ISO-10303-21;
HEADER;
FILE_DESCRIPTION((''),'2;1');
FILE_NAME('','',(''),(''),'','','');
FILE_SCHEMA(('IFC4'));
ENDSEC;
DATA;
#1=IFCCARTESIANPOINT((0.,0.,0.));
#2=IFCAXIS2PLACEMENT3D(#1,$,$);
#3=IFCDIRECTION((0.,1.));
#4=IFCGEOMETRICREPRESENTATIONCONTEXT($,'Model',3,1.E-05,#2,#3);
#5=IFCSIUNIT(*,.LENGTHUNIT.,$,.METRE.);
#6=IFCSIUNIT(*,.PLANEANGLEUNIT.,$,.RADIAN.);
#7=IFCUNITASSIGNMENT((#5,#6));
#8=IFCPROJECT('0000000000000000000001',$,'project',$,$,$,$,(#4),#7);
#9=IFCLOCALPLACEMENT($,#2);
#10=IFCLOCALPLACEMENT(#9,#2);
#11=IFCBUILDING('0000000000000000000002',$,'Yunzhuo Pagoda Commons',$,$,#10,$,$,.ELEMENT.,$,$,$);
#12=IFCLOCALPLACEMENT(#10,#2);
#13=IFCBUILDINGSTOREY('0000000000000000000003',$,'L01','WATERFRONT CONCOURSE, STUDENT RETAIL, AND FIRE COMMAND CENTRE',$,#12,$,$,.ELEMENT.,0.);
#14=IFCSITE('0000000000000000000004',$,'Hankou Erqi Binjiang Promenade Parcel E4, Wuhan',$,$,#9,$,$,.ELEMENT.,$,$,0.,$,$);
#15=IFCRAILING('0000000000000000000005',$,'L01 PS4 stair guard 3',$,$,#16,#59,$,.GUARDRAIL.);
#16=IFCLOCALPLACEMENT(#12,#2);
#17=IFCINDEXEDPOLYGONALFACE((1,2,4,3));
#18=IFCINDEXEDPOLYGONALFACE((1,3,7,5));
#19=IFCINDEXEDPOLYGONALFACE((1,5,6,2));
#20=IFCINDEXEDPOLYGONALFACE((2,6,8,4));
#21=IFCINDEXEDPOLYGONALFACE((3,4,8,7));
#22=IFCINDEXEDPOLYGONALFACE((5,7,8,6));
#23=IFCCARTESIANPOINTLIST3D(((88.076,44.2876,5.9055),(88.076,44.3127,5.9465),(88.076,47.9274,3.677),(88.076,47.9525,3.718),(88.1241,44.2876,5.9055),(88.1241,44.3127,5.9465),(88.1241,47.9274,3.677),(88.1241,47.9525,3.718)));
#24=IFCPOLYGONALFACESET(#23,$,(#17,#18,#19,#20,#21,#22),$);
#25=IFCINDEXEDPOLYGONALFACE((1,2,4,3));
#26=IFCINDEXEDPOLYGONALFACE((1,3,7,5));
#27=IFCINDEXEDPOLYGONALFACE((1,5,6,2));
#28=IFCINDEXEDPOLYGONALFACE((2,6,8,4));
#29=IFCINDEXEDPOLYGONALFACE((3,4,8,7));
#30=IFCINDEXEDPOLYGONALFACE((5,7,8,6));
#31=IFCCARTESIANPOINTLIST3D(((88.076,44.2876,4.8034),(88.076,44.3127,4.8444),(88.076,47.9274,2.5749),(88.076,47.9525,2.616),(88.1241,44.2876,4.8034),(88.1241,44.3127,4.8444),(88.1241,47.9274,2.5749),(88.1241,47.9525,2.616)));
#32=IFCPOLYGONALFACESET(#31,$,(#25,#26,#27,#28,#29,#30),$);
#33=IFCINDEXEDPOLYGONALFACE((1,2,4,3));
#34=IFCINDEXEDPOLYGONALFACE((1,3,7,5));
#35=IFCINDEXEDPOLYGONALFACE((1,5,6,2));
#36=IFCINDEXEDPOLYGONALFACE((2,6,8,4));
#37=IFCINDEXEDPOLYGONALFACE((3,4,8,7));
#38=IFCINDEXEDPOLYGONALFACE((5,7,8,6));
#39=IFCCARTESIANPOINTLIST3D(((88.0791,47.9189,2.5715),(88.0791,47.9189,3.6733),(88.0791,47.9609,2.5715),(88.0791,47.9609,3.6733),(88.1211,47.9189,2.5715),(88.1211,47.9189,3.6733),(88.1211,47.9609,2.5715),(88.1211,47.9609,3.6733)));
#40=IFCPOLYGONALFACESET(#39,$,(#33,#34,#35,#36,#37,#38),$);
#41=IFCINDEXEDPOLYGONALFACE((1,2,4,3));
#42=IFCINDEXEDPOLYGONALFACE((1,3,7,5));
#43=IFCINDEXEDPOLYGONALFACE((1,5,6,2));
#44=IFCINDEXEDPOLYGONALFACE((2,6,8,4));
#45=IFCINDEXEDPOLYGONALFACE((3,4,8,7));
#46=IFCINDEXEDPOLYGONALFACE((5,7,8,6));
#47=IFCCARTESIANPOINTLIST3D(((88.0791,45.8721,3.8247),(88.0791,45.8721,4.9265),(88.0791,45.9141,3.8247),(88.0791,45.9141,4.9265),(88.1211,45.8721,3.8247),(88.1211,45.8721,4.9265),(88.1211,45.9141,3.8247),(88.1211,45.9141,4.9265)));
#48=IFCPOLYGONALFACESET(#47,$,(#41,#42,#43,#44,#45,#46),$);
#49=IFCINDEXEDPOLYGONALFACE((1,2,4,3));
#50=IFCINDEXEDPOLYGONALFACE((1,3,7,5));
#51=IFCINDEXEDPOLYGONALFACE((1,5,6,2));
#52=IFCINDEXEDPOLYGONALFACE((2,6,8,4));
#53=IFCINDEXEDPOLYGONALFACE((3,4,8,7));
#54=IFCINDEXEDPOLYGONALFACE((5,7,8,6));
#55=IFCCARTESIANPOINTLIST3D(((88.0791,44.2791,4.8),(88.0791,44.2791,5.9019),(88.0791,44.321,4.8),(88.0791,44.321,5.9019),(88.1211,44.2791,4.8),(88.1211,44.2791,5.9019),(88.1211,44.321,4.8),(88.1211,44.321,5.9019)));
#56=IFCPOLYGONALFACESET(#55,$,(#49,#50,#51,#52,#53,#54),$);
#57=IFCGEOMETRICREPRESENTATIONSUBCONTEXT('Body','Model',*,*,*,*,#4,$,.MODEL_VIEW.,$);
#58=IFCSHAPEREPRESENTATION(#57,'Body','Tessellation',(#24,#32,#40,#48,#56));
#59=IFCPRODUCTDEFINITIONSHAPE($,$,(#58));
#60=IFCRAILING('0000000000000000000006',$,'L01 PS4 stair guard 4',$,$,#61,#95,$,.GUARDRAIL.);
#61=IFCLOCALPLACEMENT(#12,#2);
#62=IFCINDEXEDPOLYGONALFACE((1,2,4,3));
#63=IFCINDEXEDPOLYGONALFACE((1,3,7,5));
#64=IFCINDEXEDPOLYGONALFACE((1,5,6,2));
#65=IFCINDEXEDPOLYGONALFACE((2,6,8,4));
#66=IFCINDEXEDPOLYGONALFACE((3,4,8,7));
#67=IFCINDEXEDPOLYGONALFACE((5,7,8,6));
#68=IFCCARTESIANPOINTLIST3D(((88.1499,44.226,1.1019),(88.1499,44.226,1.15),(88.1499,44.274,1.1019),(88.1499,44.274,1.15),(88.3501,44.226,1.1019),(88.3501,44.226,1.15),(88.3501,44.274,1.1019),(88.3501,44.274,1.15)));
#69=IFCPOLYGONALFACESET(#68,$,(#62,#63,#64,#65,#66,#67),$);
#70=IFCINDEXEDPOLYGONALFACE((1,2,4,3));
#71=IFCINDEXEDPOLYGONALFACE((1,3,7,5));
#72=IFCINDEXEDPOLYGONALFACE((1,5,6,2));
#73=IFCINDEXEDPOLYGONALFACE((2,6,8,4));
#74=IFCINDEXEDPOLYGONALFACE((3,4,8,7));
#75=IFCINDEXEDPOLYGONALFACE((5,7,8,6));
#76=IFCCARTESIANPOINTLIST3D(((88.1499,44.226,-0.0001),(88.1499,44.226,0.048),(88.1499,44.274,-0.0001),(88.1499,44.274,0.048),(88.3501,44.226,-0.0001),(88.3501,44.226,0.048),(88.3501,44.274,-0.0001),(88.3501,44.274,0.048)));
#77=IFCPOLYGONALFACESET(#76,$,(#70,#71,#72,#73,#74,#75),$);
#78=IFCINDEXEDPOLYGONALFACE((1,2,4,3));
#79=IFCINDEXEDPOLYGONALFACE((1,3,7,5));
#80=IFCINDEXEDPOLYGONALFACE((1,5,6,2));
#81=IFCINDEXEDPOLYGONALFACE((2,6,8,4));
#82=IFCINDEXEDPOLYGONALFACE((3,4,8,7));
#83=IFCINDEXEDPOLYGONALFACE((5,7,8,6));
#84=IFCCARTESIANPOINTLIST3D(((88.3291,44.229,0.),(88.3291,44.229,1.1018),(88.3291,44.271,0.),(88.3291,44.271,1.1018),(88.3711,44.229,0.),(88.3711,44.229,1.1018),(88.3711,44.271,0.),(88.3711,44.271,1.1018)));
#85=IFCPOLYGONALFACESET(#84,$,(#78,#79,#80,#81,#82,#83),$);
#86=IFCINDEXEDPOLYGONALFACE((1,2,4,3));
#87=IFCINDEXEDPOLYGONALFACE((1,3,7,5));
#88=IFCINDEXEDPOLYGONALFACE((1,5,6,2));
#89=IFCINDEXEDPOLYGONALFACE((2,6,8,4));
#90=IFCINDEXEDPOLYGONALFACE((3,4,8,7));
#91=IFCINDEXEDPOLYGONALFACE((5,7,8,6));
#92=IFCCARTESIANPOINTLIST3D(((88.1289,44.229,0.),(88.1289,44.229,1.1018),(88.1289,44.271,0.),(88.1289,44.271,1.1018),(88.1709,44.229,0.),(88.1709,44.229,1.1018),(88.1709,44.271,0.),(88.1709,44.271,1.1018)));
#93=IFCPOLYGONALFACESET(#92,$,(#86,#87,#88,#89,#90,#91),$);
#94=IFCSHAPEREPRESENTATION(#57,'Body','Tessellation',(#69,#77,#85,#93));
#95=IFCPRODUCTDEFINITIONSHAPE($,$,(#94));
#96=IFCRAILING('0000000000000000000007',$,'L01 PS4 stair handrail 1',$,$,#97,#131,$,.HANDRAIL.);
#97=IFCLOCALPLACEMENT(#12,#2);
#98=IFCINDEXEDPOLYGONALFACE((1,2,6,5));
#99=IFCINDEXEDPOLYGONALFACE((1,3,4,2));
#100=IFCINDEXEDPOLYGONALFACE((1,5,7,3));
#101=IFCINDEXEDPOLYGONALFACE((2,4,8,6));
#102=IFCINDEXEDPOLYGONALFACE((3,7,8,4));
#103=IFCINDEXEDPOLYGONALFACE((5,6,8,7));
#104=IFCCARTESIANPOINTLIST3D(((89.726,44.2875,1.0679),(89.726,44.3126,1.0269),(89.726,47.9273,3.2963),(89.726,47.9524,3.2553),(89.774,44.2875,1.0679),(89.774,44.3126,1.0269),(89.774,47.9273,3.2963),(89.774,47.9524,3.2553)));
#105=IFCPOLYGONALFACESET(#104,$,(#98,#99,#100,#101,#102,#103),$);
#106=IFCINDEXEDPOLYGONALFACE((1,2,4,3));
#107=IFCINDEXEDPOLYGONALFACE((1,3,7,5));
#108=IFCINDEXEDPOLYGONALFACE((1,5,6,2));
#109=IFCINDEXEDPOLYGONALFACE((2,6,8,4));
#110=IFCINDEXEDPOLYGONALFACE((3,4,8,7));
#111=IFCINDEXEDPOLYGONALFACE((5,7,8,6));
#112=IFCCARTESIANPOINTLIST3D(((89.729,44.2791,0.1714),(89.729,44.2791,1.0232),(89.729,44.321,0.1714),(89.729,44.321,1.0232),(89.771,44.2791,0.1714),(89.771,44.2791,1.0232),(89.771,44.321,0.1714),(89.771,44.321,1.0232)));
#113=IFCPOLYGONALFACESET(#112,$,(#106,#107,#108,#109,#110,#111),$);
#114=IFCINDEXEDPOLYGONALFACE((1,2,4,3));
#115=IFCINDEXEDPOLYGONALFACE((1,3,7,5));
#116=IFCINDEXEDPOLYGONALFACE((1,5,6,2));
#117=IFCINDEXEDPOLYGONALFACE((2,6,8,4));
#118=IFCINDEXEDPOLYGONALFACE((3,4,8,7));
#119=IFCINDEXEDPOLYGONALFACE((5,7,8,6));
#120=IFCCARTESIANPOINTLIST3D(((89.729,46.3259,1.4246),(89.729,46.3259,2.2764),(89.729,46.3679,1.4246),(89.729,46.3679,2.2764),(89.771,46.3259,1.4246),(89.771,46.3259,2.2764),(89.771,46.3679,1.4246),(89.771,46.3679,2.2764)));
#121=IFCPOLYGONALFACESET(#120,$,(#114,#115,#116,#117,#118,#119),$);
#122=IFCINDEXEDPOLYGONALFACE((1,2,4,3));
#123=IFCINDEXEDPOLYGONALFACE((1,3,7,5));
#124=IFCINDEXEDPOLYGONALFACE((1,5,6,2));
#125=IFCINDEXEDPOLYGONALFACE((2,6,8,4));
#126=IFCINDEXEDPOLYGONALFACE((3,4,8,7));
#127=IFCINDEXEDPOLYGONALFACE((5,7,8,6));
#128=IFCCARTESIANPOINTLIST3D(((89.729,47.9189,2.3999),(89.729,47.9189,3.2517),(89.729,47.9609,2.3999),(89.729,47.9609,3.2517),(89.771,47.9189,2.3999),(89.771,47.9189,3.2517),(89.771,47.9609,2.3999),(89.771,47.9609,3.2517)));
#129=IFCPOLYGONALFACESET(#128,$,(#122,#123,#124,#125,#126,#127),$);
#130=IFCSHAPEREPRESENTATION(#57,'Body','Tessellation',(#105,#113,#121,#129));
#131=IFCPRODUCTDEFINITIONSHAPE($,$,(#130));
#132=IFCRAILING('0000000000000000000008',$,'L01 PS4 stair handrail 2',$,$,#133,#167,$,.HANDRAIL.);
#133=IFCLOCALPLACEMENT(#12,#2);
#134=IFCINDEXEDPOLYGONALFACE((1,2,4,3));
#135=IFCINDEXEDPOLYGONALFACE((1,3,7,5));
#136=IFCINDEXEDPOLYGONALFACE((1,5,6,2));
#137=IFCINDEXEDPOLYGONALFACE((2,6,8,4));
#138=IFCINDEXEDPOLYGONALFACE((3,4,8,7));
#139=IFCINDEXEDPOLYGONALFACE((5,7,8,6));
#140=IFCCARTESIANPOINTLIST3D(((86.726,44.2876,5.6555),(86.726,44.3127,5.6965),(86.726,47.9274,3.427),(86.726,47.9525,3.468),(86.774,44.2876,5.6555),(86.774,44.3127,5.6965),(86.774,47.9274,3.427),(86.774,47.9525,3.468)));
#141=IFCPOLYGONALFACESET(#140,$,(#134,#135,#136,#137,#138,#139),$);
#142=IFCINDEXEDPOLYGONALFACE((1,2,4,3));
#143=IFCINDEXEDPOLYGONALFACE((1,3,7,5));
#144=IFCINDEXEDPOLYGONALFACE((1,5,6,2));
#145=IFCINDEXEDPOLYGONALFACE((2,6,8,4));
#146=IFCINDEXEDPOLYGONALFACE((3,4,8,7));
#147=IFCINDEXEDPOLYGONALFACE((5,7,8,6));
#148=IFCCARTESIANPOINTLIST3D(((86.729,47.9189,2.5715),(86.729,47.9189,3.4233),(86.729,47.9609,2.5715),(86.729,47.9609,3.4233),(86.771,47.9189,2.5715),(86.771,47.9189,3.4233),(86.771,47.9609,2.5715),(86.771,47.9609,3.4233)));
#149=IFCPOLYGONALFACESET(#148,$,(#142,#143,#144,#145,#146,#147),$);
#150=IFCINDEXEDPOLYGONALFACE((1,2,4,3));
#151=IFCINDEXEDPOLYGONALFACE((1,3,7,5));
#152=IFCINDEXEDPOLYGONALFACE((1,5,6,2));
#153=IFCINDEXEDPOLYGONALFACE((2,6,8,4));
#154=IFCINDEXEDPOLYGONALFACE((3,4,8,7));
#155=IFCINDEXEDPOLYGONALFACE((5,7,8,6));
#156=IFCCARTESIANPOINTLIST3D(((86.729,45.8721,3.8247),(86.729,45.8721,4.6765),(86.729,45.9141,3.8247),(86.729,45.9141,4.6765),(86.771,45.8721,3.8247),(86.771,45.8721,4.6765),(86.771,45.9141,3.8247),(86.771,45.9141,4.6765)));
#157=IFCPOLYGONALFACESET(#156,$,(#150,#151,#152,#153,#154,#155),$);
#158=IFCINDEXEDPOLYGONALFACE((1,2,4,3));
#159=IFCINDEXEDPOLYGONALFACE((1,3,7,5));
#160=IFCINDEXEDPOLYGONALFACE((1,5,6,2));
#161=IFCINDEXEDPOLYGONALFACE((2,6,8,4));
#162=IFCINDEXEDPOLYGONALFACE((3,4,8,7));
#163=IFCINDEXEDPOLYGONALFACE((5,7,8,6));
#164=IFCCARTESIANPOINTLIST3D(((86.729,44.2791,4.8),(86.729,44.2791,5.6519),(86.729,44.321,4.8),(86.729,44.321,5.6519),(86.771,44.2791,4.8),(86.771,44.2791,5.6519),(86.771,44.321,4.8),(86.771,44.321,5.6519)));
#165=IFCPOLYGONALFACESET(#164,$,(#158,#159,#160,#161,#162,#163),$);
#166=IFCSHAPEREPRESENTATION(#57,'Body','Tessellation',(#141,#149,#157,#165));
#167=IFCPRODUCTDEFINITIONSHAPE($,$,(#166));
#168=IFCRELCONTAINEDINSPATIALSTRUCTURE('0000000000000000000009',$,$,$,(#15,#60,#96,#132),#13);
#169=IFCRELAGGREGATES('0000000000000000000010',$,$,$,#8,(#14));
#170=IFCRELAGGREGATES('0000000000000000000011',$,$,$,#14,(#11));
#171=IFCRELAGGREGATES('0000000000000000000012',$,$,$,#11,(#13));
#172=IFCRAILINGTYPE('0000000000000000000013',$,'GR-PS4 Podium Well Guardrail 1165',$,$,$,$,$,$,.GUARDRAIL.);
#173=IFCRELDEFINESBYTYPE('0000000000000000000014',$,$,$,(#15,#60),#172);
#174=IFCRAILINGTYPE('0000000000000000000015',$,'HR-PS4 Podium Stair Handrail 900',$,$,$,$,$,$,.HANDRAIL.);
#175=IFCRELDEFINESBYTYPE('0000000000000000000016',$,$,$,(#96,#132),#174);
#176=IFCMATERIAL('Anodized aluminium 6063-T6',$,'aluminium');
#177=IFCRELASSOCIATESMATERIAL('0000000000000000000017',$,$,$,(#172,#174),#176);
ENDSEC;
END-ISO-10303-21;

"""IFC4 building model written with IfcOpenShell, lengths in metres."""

from ifc_helpers import new_model, si_unit, direction, frame, origin, origin_2d, place, context, subcontext, project, spatial, rectangle, extrude, material, type_object, element, save


model = new_model("IFC4")

# Units and contexts
model_context = context("Model", 3, precision=1e-05, world=origin(), true_north=direction((0.0, 1.0)))
body_context = subcontext(model_context, "Body", "Model", "MODEL_VIEW")
ifc_project = project(units=[si_unit("LENGTHUNIT", "METRE"), si_unit("PLANEANGLEUNIT", "RADIAN")], contexts=[model_context])

# Site, building, storey
site_placement = place(None, origin())
site = spatial("IfcSite", under=ifc_project, at=site_placement, Name="Hankou Erqi Binjiang Promenade Parcel E4, Wuhan", CompositionType="ELEMENT", RefElevation=0.0)
building_placement = place(site_placement, origin())
building = spatial("IfcBuilding", under=site, at=building_placement, Name="Yunzhuo Pagoda Commons", CompositionType="ELEMENT")
storey_placement = place(building_placement, origin())
storey = spatial("IfcBuildingStorey", under=building, at=storey_placement, Name="L01", Description="WATERFRONT CONCOURSE, STUDENT RETAIL, AND FIRE COMMAND CENTRE", CompositionType="ELEMENT", Elevation=0.0)

# Shared definitions
ifc_material_1 = material(Name="Anodized aluminium 6063-T6", Category="aluminium")

# Railings
railing_type_1 = type_object("IfcRailingType", Name="GR-PS4 Podium Well Guardrail 1165", PredefinedType="GUARDRAIL", material=ifc_material_1)
railing_1_placement = place(storey_placement, frame((88.1001, 47.9399, 2.5715)))
element("IfcRailing", 1, at=railing_1_placement, inside=storey, type_object=railing_type_1, Name="L01 PS4 stair guard 3", PredefinedType="GUARDRAIL", context=body_context, shape_type="SweptSolid", body=[
    extrude(rectangle(XDim=0.0481, YDim=0.0481, at=origin_2d()), frame((0.0, 0.0, 1.126), z_axis=(0.0, -0.85285, 0.522156), x_axis=(1.0, 0.0, 0.0)), (0.0, 0.0, 1.0), 4.2678),
    extrude(rectangle(XDim=0.0481, YDim=0.0481, at=origin_2d()), frame((0.0, 0.0, 0.0239), z_axis=(0.0, -0.85285, 0.522156), x_axis=(1.0, 0.0, 0.0)), (0.0, 0.0, 1.0), 4.2678),
    extrude(rectangle(XDim=0.042, YDim=0.042, at=origin_2d()), origin(), (0.0, 0.0, 1.0), 1.1018),
    extrude(rectangle(XDim=0.042, YDim=0.042, at=origin_2d()), frame((0.0, -2.0469, 1.2532)), (0.0, 0.0, 1.0), 1.1018),
    extrude(rectangle(XDim=0.042, YDim=0.042, at=origin_2d()), frame((0.0, -3.6399, 2.2285)), (0.0, 0.0, 1.0), 1.1018),
])
railing_2_placement = place(storey_placement, frame((88.3501, 44.25, 0.0)))
element("IfcRailing", 2, at=railing_2_placement, inside=storey, type_object=railing_type_1, Name="L01 PS4 stair guard 4", PredefinedType="GUARDRAIL", context=body_context, shape_type="SweptSolid", body=[
    extrude(rectangle(XDim=0.0481, YDim=0.0481, at=origin_2d()), frame((0.0, 0.0, 1.126), z_axis=(-1.0, 0.0, 0.0), x_axis=(0.0, -1.0, 0.0)), (0.0, 0.0, 1.0), 0.2002),
    extrude(rectangle(XDim=0.0481, YDim=0.0481, at=origin_2d()), frame((0.0, 0.0, 0.0239), z_axis=(-1.0, 0.0, 0.0), x_axis=(0.0, -1.0, 0.0)), (0.0, 0.0, 1.0), 0.2002),
    extrude(rectangle(XDim=0.042, YDim=0.042, at=origin_2d()), origin(), (0.0, 0.0, 1.0), 1.1018),
    extrude(rectangle(XDim=0.042, YDim=0.042, at=origin_2d()), frame((-0.2002, 0.0, 0.0)), (0.0, 0.0, 1.0), 1.1018),
])
railing_type_2 = type_object("IfcRailingType", Name="HR-PS4 Podium Stair Handrail 900", PredefinedType="HANDRAIL", material=ifc_material_1)
railing_3_placement = place(storey_placement, frame((89.75, 44.3, 0.1714)))
element("IfcRailing", 3, at=railing_3_placement, inside=storey, type_object=railing_type_2, Name="L01 PS4 stair handrail 1", PredefinedType="HANDRAIL", context=body_context, shape_type="SweptSolid", body=[
    extrude(rectangle(XDim=0.0481, YDim=0.0481, at=origin_2d()), frame((0.0, 0.0, 0.876), z_axis=(0.0, 0.85285, 0.522156), x_axis=(-1.0, 0.0, 0.0)), (0.0, 0.0, 1.0), 4.2678),
    extrude(rectangle(XDim=0.042, YDim=0.042, at=origin_2d()), origin(), (0.0, 0.0, 1.0), 0.8518),
    extrude(rectangle(XDim=0.042, YDim=0.042, at=origin_2d()), frame((0.0, 2.0469, 1.2532)), (0.0, 0.0, 1.0), 0.8518),
    extrude(rectangle(XDim=0.042, YDim=0.042, at=origin_2d()), frame((0.0, 3.6399, 2.2285)), (0.0, 0.0, 1.0), 0.8518),
])
railing_4_placement = place(storey_placement, frame((86.75, 47.9399, 2.5715)))
element("IfcRailing", 4, at=railing_4_placement, inside=storey, type_object=railing_type_2, Name="L01 PS4 stair handrail 2", PredefinedType="HANDRAIL", context=body_context, shape_type="SweptSolid", body=[
    extrude(rectangle(XDim=0.0481, YDim=0.0481, at=origin_2d()), frame((0.0, 0.0, 0.876), z_axis=(0.0, -0.85285, 0.522156), x_axis=(1.0, 0.0, 0.0)), (0.0, 0.0, 1.0), 4.2678),
    extrude(rectangle(XDim=0.042, YDim=0.042, at=origin_2d()), origin(), (0.0, 0.0, 1.0), 0.8518),
    extrude(rectangle(XDim=0.042, YDim=0.042, at=origin_2d()), frame((0.0, -2.0469, 1.2532)), (0.0, 0.0, 1.0), 0.8518),
    extrude(rectangle(XDim=0.042, YDim=0.042, at=origin_2d()), frame((0.0, -3.6399, 2.2285)), (0.0, 0.0, 1.0), 0.8518),
])

save(model, "model.ifc")
